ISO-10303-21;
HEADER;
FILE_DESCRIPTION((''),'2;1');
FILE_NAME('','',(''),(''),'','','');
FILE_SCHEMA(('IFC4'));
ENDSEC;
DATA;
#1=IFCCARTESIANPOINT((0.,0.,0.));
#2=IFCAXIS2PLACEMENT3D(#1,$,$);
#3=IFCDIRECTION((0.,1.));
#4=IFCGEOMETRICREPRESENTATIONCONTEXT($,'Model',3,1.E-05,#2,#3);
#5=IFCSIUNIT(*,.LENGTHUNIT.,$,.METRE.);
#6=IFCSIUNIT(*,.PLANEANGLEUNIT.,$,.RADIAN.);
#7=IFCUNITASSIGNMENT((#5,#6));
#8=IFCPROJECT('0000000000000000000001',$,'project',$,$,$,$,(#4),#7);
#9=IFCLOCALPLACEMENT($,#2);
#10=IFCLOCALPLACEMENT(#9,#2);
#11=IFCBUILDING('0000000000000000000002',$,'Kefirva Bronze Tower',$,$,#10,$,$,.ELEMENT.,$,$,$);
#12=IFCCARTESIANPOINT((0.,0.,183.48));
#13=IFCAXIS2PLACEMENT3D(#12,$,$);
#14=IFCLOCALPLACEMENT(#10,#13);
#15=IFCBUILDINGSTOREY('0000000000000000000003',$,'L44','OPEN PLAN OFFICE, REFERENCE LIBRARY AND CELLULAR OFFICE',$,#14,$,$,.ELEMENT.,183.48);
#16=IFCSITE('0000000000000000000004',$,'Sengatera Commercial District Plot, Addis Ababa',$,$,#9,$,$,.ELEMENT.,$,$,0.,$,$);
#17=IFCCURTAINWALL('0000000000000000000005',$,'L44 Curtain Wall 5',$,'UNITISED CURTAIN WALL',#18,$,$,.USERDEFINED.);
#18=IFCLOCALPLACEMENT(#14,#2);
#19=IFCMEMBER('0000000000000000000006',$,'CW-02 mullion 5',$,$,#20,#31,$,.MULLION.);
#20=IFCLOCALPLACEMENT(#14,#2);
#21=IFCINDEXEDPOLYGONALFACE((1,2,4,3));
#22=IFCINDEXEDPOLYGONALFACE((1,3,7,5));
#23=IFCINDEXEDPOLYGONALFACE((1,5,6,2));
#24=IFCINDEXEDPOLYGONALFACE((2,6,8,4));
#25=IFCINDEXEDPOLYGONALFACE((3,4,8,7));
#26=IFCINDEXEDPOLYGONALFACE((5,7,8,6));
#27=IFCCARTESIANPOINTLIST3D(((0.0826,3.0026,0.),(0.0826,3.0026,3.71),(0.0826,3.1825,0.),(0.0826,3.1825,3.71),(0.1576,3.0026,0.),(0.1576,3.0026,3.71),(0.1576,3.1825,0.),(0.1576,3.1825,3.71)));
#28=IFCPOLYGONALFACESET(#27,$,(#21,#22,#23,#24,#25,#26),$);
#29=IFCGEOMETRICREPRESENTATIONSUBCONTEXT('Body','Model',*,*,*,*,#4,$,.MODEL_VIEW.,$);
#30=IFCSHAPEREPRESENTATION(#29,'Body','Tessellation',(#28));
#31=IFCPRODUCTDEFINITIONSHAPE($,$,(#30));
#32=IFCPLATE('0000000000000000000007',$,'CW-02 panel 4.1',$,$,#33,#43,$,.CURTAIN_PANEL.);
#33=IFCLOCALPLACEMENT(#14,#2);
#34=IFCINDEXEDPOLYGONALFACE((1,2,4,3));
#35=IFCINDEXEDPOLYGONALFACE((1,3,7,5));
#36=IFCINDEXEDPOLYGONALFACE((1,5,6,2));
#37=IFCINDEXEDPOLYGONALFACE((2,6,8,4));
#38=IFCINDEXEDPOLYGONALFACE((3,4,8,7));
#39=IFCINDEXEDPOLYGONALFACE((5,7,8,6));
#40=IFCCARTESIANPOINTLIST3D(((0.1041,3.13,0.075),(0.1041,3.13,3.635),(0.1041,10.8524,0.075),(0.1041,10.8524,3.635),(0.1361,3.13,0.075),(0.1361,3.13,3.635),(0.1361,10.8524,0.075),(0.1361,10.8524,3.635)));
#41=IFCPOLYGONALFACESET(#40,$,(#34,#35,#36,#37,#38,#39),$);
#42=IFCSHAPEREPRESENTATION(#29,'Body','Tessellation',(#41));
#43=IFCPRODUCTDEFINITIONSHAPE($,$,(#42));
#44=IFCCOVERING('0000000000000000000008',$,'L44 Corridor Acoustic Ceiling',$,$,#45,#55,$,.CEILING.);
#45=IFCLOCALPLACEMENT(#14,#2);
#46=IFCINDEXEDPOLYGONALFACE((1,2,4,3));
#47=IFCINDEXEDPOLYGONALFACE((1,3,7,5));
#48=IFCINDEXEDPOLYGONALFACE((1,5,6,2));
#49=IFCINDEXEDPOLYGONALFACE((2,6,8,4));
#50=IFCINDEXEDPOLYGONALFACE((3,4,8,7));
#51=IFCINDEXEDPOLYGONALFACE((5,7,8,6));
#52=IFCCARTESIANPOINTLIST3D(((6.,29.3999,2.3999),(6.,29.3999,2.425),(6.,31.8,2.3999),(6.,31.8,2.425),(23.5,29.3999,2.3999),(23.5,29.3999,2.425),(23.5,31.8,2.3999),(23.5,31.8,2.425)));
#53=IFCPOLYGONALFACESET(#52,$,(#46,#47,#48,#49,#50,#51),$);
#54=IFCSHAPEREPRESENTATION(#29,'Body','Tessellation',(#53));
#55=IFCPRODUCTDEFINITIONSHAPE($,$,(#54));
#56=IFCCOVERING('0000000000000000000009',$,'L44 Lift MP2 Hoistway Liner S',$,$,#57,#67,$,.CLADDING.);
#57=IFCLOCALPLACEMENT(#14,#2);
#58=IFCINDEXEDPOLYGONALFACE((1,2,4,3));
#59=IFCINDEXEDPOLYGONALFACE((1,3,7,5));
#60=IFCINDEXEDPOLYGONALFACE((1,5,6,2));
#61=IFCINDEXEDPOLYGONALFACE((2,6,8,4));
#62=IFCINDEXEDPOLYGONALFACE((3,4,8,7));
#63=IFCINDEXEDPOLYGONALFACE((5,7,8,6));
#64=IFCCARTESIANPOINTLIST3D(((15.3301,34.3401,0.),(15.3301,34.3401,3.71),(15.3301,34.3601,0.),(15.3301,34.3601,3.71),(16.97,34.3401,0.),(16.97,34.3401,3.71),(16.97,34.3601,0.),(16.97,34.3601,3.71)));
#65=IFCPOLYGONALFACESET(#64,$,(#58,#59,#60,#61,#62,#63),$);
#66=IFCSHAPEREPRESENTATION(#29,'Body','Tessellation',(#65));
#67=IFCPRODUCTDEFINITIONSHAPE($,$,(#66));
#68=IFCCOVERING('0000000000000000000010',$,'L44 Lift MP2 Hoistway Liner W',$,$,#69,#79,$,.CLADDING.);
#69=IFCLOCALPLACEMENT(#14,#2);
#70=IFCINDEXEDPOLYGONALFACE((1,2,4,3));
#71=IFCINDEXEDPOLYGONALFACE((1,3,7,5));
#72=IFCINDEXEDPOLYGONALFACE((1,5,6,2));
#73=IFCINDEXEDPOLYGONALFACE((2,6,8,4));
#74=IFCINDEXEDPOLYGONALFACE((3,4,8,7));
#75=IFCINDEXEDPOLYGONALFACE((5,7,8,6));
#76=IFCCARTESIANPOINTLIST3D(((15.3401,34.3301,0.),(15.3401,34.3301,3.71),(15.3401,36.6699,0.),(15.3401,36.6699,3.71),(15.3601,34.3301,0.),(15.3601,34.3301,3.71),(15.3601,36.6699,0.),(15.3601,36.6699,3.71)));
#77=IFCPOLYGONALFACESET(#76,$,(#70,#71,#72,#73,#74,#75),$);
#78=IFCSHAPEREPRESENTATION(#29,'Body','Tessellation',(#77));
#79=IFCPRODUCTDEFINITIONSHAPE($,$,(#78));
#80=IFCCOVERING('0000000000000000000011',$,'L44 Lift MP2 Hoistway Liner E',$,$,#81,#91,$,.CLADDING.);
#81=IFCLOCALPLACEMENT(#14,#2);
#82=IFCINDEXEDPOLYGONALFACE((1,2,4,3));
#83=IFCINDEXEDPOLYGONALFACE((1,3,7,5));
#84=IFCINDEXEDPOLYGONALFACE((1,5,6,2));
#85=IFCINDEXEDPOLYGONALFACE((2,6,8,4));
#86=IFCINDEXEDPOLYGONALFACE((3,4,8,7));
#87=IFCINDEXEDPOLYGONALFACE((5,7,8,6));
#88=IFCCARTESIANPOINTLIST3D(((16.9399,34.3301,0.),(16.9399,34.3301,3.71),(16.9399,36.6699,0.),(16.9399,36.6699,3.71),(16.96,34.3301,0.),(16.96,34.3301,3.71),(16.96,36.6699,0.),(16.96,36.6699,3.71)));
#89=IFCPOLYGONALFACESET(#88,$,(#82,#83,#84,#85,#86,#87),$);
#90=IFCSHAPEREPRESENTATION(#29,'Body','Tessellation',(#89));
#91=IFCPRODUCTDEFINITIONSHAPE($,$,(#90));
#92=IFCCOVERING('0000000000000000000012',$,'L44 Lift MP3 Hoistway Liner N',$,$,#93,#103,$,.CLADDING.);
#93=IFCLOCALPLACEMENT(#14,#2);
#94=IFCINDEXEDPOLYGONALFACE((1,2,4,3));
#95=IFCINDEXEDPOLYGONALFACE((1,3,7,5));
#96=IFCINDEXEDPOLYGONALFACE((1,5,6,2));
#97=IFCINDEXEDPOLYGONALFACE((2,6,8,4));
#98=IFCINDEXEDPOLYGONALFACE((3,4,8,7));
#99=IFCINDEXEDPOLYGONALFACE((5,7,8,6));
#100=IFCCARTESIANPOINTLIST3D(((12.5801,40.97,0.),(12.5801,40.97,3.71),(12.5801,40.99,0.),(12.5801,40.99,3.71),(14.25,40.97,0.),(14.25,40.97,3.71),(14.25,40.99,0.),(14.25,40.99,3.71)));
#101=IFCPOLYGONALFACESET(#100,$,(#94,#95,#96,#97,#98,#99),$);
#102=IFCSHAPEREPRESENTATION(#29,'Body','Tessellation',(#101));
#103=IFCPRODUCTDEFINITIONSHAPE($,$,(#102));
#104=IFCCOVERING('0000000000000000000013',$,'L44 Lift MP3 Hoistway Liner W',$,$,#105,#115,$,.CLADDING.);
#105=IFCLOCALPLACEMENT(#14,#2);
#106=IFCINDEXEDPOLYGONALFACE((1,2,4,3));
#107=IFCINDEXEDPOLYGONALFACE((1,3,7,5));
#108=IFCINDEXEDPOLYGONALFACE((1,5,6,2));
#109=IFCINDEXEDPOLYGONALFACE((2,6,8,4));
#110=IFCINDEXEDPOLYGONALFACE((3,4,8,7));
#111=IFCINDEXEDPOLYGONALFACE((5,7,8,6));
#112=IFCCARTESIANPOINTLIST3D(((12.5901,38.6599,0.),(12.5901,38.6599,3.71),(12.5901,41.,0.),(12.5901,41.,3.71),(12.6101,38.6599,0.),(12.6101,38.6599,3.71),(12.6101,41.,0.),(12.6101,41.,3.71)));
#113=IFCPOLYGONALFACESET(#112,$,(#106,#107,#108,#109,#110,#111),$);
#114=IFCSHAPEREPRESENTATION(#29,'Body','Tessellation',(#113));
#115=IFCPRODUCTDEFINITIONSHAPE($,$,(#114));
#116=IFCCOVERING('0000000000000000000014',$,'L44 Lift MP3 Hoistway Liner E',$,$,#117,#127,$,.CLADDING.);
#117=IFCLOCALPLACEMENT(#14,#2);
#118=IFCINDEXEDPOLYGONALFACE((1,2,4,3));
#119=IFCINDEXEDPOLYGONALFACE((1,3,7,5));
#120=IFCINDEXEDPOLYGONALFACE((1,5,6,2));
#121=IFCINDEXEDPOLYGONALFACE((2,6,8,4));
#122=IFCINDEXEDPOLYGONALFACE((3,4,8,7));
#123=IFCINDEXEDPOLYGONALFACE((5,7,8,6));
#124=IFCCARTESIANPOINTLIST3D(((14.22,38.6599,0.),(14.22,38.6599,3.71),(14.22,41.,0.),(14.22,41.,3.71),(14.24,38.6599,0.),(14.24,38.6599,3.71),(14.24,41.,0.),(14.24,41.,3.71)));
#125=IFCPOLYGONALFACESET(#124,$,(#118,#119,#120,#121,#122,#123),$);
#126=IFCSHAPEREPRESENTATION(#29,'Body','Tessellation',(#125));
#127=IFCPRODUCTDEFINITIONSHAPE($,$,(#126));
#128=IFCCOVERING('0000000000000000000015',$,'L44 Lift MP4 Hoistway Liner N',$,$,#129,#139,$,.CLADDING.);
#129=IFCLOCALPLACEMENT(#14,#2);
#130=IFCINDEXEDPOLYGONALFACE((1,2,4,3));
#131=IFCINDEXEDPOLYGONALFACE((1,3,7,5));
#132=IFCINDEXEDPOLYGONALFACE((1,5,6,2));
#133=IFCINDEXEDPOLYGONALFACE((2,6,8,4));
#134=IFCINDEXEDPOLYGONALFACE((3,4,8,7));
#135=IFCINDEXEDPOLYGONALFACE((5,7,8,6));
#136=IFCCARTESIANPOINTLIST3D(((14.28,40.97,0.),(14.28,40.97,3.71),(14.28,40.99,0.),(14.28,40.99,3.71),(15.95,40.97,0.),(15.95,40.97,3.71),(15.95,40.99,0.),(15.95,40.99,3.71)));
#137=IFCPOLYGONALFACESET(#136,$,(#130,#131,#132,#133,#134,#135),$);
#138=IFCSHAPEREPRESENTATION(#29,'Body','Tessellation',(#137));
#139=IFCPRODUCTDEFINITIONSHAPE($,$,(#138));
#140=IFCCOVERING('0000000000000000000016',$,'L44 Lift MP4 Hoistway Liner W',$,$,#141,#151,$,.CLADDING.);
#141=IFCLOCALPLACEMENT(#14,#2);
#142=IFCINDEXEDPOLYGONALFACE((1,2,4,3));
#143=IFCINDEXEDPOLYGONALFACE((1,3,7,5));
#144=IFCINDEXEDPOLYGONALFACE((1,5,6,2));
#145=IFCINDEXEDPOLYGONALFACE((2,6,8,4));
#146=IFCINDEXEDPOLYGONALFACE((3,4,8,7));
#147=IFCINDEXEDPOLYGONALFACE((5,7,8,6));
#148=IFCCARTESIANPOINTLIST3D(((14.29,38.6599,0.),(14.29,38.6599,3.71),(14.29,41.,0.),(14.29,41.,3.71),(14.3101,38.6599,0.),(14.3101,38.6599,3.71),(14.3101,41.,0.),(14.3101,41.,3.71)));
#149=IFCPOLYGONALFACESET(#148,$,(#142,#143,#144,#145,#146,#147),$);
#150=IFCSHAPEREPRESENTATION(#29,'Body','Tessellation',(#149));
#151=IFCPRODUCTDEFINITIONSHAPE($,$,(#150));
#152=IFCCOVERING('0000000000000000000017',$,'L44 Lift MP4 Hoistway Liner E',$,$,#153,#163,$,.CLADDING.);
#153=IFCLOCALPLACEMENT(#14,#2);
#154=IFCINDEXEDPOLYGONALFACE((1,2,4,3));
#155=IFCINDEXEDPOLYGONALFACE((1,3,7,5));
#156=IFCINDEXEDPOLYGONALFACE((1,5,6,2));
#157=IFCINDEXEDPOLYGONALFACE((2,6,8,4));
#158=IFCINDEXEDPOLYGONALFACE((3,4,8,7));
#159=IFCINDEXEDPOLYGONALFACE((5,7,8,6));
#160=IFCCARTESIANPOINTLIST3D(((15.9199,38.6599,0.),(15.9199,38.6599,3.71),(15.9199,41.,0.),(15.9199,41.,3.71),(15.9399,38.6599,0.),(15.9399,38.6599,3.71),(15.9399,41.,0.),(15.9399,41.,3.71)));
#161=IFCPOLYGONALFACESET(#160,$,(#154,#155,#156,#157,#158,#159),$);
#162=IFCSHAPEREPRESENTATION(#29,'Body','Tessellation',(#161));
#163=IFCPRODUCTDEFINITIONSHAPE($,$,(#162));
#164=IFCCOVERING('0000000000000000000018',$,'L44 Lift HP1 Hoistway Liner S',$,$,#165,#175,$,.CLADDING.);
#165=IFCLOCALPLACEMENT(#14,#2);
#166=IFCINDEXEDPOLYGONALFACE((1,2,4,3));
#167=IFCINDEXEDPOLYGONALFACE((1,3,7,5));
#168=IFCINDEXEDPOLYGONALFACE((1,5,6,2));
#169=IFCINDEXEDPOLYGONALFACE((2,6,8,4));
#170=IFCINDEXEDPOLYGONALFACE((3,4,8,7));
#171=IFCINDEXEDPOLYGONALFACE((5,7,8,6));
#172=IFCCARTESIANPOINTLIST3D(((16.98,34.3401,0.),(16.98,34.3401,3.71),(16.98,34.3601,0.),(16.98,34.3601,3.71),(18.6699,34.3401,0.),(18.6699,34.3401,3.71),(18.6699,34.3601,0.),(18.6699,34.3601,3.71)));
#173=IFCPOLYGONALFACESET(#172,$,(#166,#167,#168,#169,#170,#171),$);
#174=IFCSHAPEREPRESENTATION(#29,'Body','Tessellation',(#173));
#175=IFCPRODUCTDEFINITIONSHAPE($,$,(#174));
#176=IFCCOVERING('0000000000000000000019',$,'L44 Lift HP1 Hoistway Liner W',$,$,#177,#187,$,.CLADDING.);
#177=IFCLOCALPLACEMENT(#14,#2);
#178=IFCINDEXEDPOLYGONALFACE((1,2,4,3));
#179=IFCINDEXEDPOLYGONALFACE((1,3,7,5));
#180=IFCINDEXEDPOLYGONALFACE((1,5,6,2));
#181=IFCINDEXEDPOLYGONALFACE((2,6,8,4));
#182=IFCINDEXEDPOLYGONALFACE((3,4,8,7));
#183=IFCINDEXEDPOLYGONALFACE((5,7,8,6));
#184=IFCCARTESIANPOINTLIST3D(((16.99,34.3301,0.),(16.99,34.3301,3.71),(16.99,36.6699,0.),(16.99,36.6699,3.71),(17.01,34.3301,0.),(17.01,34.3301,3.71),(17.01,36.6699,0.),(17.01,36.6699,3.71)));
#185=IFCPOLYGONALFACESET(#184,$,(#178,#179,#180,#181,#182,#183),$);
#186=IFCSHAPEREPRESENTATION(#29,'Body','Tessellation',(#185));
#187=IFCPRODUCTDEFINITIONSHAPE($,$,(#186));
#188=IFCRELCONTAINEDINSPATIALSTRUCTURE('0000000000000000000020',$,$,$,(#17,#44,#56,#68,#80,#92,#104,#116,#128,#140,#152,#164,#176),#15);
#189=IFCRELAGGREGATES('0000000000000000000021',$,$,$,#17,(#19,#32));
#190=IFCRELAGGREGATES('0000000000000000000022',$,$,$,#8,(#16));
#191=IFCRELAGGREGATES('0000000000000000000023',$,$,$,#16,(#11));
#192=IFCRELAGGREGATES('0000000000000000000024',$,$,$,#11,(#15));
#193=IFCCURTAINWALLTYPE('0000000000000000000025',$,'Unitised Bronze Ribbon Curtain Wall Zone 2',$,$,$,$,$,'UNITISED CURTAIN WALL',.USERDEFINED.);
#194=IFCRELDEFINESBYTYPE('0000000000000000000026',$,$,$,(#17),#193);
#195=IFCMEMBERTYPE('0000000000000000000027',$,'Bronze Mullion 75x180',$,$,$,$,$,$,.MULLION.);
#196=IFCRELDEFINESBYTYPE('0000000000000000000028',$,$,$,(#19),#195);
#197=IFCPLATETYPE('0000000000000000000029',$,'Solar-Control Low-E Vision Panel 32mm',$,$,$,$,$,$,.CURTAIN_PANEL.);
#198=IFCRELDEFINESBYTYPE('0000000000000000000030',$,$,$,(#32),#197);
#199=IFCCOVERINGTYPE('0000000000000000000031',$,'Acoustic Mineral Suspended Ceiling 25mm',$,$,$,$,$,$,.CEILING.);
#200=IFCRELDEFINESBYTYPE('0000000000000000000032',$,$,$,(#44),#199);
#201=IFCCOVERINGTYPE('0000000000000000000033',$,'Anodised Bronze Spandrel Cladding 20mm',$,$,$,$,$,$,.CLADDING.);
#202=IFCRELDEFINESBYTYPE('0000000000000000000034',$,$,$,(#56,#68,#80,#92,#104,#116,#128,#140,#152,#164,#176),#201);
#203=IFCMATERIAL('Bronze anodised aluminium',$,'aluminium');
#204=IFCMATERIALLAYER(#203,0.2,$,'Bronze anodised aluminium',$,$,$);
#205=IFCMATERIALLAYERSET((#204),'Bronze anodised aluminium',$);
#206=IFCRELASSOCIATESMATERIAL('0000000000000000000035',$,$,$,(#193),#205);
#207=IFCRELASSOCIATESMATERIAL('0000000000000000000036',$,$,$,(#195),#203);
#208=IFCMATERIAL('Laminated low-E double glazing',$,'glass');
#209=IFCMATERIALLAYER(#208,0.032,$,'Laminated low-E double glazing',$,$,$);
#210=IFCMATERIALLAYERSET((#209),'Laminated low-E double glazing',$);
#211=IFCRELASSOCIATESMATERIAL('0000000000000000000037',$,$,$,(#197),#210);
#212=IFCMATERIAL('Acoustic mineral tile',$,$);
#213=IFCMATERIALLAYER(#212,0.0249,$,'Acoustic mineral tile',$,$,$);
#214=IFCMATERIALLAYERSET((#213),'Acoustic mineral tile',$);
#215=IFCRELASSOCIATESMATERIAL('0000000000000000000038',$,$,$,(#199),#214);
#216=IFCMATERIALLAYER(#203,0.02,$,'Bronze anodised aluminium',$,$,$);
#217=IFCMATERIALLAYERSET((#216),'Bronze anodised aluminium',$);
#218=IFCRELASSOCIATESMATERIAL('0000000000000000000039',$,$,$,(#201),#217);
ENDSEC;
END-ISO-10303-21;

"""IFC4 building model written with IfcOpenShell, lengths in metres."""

from ifc_helpers import new_model, si_unit, direction, frame, origin, origin_2d, place, context, subcontext, project, spatial, polyline, rectangle, outline, extrude, material, layer, layer_set, material_profile, profile_set, type_object, element, aggregate, save


model = new_model("IFC4")

# Units and contexts
model_context = context("Model", 3, precision=1e-05, world=origin(), true_north=direction((0.0, 1.0)))
body_context = subcontext(model_context, "Body", "Model", "MODEL_VIEW")
ifc_project = project(units=[si_unit("LENGTHUNIT", "METRE"), si_unit("PLANEANGLEUNIT", "RADIAN")], contexts=[model_context])

# Site, building, storey
site_placement = place(None, origin())
site = spatial("IfcSite", under=ifc_project, at=site_placement, Name="Sengatera Commercial District Plot, Addis Ababa", CompositionType="ELEMENT", RefElevation=0.0)
building_placement = place(site_placement, origin())
building = spatial("IfcBuilding", under=site, at=building_placement, Name="Kefirva Bronze Tower", CompositionType="ELEMENT")
storey_placement = place(building_placement, frame((0.0, 0.0, 183.48)))
storey = spatial("IfcBuildingStorey", under=building, at=storey_placement, Name="L44", Description="OPEN PLAN OFFICE, REFERENCE LIBRARY AND CELLULAR OFFICE", CompositionType="ELEMENT", Elevation=183.48)

# Curtain wall, member, plate
ifc_material_1 = material(Name="Bronze anodised aluminium", Category="aluminium")
ifc_layer_1 = layer(ifc_material_1, 0.2, Name="Bronze anodised aluminium")
ifc_layer_set_1 = layer_set([ifc_layer_1], Name="Bronze anodised aluminium")
curtain_wall_type = type_object("IfcCurtainWallType", Name="Unitised Bronze Ribbon Curtain Wall Zone 2", ElementType="UNITISED CURTAIN WALL", PredefinedType="USERDEFINED", material=ifc_layer_set_1)
curtain_wall_placement = place(storey_placement, origin())
curtain_wall = element("IfcCurtainWall", 1, at=curtain_wall_placement, inside=storey, type_object=curtain_wall_type, Name="L44 Curtain Wall 5", ObjectType="UNITISED CURTAIN WALL", PredefinedType="USERDEFINED")
ifc_material_profile = material_profile(ifc_material_1, rectangle(XDim=0.075, YDim=0.1799, at=origin_2d()), Name="ALU 75x180")
ifc_profile_set = profile_set([ifc_material_profile], Name="Bronze anodised aluminium")
member_type = type_object("IfcMemberType", Name="Bronze Mullion 75x180", PredefinedType="MULLION", material=ifc_profile_set)
member_placement = place(storey_placement, frame((0.1201, 3.0925, 0.0), z_axis=(0.0, 0.0, 1.0), x_axis=(1.0, 0.0, 0.0)))
member = element("IfcMember", 2, at=member_placement, type_object=member_type, Name="CW-02 mullion 5", PredefinedType="MULLION", context=body_context, shape_type="SweptSolid", body=[
    extrude(rectangle(XDim=0.075, YDim=0.1799, at=origin_2d()), origin(), (0.0, 0.0, 1.0), 3.71),
])
ifc_material_2 = material(Name="Laminated low-E double glazing", Category="glass")
ifc_layer_2 = layer(ifc_material_2, 0.032, Name="Laminated low-E double glazing")
ifc_layer_set_2 = layer_set([ifc_layer_2], Name="Laminated low-E double glazing")
plate_type = type_object("IfcPlateType", Name="Solar-Control Low-E Vision Panel 32mm", PredefinedType="CURTAIN_PANEL", material=ifc_layer_set_2)
plate_placement = place(storey_placement, frame((0.1201, 6.9912, 0.075), z_axis=(0.0, 0.0, 1.0), x_axis=(0.0, -1.0, 0.0)))
plate = element("IfcPlate", 3, at=plate_placement, type_object=plate_type, Name="CW-02 panel 4.1", PredefinedType="CURTAIN_PANEL", context=body_context, shape_type="SweptSolid", body=[
    extrude(rectangle(XDim=7.7224, YDim=0.032, at=origin_2d()), origin(), (0.0, 0.0, 1.0), 3.5601),
])
aggregate(curtain_wall, [member, plate])

# Coverings
ifc_material_3 = material(Name="Acoustic mineral tile")
ifc_layer_3 = layer(ifc_material_3, 0.0249, Name="Acoustic mineral tile")
ifc_layer_set_3 = layer_set([ifc_layer_3], Name="Acoustic mineral tile")
covering_type_1 = type_object("IfcCoveringType", Name="Acoustic Mineral Suspended Ceiling 25mm", PredefinedType="CEILING", material=ifc_layer_set_3)
covering_1_placement = place(storey_placement, frame((0.0, 0.0, 2.3999)))
element("IfcCovering", 4, at=covering_1_placement, inside=storey, type_object=covering_type_1, Name="L44 Corridor Acoustic Ceiling", PredefinedType="CEILING", context=body_context, shape_type="SweptSolid", body=[
    extrude(outline(polyline([(6.0, 29.3999), (23.5, 29.3999), (23.5, 31.8), (6.0, 31.8), (6.0, 29.3999)])), origin(), (0.0, 0.0, 1.0), 0.0251),
])
ifc_layer_4 = layer(ifc_material_1, 0.02, Name="Bronze anodised aluminium")
ifc_layer_set_4 = layer_set([ifc_layer_4], Name="Bronze anodised aluminium")
covering_type_2 = type_object("IfcCoveringType", Name="Anodised Bronze Spandrel Cladding 20mm", PredefinedType="CLADDING", material=ifc_layer_set_4)
covering_2_placement = place(storey_placement, origin())
element("IfcCovering", 5, at=covering_2_placement, inside=storey, type_object=covering_type_2, Name="L44 Lift MP2 Hoistway Liner S", PredefinedType="CLADDING", context=body_context, shape_type="SweptSolid", body=[
    extrude(outline(polyline([(15.3301, 34.3401), (16.97, 34.3401), (16.97, 34.3601), (15.3301, 34.3601), (15.3301, 34.3401)])), origin(), (0.0, 0.0, 1.0), 3.71),
])
covering_3_placement = place(storey_placement, origin())
element("IfcCovering", 6, at=covering_3_placement, inside=storey, type_object=covering_type_2, Name="L44 Lift MP2 Hoistway Liner W", PredefinedType="CLADDING", context=body_context, shape_type="SweptSolid", body=[
    extrude(outline(polyline([(15.3401, 34.3301), (15.3601, 34.3301), (15.3601, 36.6699), (15.3401, 36.6699), (15.3401, 34.3301)])), origin(), (0.0, 0.0, 1.0), 3.71),
])
covering_4_placement = place(storey_placement, origin())
element("IfcCovering", 7, at=covering_4_placement, inside=storey, type_object=covering_type_2, Name="L44 Lift MP2 Hoistway Liner E", PredefinedType="CLADDING", context=body_context, shape_type="SweptSolid", body=[
    extrude(outline(polyline([(16.9399, 34.3301), (16.96, 34.3301), (16.96, 36.6699), (16.9399, 36.6699), (16.9399, 34.3301)])), origin(), (0.0, 0.0, 1.0), 3.71),
])
covering_5_placement = place(storey_placement, origin())
element("IfcCovering", 8, at=covering_5_placement, inside=storey, type_object=covering_type_2, Name="L44 Lift MP3 Hoistway Liner N", PredefinedType="CLADDING", context=body_context, shape_type="SweptSolid", body=[
    extrude(outline(polyline([(12.5801, 40.97), (14.25, 40.97), (14.25, 40.99), (12.5801, 40.99), (12.5801, 40.97)])), origin(), (0.0, 0.0, 1.0), 3.71),
])
covering_6_placement = place(storey_placement, origin())
element("IfcCovering", 9, at=covering_6_placement, inside=storey, type_object=covering_type_2, Name="L44 Lift MP3 Hoistway Liner W", PredefinedType="CLADDING", context=body_context, shape_type="SweptSolid", body=[
    extrude(outline(polyline([(12.5901, 38.6599), (12.6101, 38.6599), (12.6101, 41.0), (12.5901, 41.0), (12.5901, 38.6599)])), origin(), (0.0, 0.0, 1.0), 3.71),
])
covering_7_placement = place(storey_placement, origin())
element("IfcCovering", 10, at=covering_7_placement, inside=storey, type_object=covering_type_2, Name="L44 Lift MP3 Hoistway Liner E", PredefinedType="CLADDING", context=body_context, shape_type="SweptSolid", body=[
    extrude(outline(polyline([(14.22, 38.6599), (14.24, 38.6599), (14.24, 41.0), (14.22, 41.0), (14.22, 38.6599)])), origin(), (0.0, 0.0, 1.0), 3.71),
])
covering_8_placement = place(storey_placement, origin())
element("IfcCovering", 11, at=covering_8_placement, inside=storey, type_object=covering_type_2, Name="L44 Lift MP4 Hoistway Liner N", PredefinedType="CLADDING", context=body_context, shape_type="SweptSolid", body=[
    extrude(outline(polyline([(14.28, 40.97), (15.95, 40.97), (15.95, 40.99), (14.28, 40.99), (14.28, 40.97)])), origin(), (0.0, 0.0, 1.0), 3.71),
])
covering_9_placement = place(storey_placement, origin())
element("IfcCovering", 12, at=covering_9_placement, inside=storey, type_object=covering_type_2, Name="L44 Lift MP4 Hoistway Liner W", PredefinedType="CLADDING", context=body_context, shape_type="SweptSolid", body=[
    extrude(outline(polyline([(14.29, 38.6599), (14.3101, 38.6599), (14.3101, 41.0), (14.29, 41.0), (14.29, 38.6599)])), origin(), (0.0, 0.0, 1.0), 3.71),
])
covering_10_placement = place(storey_placement, origin())
element("IfcCovering", 13, at=covering_10_placement, inside=storey, type_object=covering_type_2, Name="L44 Lift MP4 Hoistway Liner E", PredefinedType="CLADDING", context=body_context, shape_type="SweptSolid", body=[
    extrude(outline(polyline([(15.9199, 38.6599), (15.9399, 38.6599), (15.9399, 41.0), (15.9199, 41.0), (15.9199, 38.6599)])), origin(), (0.0, 0.0, 1.0), 3.71),
])
covering_11_placement = place(storey_placement, origin())
element("IfcCovering", 14, at=covering_11_placement, inside=storey, type_object=covering_type_2, Name="L44 Lift HP1 Hoistway Liner S", PredefinedType="CLADDING", context=body_context, shape_type="SweptSolid", body=[
    extrude(outline(polyline([(16.98, 34.3401), (18.6699, 34.3401), (18.6699, 34.3601), (16.98, 34.3601), (16.98, 34.3401)])), origin(), (0.0, 0.0, 1.0), 3.71),
])
covering_12_placement = place(storey_placement, origin())
element("IfcCovering", 15, at=covering_12_placement, inside=storey, type_object=covering_type_2, Name="L44 Lift HP1 Hoistway Liner W", PredefinedType="CLADDING", context=body_context, shape_type="SweptSolid", body=[
    extrude(outline(polyline([(16.99, 34.3301), (17.01, 34.3301), (17.01, 36.6699), (16.99, 36.6699), (16.99, 34.3301)])), origin(), (0.0, 0.0, 1.0), 3.71),
])

save(model, "model.ifc")
